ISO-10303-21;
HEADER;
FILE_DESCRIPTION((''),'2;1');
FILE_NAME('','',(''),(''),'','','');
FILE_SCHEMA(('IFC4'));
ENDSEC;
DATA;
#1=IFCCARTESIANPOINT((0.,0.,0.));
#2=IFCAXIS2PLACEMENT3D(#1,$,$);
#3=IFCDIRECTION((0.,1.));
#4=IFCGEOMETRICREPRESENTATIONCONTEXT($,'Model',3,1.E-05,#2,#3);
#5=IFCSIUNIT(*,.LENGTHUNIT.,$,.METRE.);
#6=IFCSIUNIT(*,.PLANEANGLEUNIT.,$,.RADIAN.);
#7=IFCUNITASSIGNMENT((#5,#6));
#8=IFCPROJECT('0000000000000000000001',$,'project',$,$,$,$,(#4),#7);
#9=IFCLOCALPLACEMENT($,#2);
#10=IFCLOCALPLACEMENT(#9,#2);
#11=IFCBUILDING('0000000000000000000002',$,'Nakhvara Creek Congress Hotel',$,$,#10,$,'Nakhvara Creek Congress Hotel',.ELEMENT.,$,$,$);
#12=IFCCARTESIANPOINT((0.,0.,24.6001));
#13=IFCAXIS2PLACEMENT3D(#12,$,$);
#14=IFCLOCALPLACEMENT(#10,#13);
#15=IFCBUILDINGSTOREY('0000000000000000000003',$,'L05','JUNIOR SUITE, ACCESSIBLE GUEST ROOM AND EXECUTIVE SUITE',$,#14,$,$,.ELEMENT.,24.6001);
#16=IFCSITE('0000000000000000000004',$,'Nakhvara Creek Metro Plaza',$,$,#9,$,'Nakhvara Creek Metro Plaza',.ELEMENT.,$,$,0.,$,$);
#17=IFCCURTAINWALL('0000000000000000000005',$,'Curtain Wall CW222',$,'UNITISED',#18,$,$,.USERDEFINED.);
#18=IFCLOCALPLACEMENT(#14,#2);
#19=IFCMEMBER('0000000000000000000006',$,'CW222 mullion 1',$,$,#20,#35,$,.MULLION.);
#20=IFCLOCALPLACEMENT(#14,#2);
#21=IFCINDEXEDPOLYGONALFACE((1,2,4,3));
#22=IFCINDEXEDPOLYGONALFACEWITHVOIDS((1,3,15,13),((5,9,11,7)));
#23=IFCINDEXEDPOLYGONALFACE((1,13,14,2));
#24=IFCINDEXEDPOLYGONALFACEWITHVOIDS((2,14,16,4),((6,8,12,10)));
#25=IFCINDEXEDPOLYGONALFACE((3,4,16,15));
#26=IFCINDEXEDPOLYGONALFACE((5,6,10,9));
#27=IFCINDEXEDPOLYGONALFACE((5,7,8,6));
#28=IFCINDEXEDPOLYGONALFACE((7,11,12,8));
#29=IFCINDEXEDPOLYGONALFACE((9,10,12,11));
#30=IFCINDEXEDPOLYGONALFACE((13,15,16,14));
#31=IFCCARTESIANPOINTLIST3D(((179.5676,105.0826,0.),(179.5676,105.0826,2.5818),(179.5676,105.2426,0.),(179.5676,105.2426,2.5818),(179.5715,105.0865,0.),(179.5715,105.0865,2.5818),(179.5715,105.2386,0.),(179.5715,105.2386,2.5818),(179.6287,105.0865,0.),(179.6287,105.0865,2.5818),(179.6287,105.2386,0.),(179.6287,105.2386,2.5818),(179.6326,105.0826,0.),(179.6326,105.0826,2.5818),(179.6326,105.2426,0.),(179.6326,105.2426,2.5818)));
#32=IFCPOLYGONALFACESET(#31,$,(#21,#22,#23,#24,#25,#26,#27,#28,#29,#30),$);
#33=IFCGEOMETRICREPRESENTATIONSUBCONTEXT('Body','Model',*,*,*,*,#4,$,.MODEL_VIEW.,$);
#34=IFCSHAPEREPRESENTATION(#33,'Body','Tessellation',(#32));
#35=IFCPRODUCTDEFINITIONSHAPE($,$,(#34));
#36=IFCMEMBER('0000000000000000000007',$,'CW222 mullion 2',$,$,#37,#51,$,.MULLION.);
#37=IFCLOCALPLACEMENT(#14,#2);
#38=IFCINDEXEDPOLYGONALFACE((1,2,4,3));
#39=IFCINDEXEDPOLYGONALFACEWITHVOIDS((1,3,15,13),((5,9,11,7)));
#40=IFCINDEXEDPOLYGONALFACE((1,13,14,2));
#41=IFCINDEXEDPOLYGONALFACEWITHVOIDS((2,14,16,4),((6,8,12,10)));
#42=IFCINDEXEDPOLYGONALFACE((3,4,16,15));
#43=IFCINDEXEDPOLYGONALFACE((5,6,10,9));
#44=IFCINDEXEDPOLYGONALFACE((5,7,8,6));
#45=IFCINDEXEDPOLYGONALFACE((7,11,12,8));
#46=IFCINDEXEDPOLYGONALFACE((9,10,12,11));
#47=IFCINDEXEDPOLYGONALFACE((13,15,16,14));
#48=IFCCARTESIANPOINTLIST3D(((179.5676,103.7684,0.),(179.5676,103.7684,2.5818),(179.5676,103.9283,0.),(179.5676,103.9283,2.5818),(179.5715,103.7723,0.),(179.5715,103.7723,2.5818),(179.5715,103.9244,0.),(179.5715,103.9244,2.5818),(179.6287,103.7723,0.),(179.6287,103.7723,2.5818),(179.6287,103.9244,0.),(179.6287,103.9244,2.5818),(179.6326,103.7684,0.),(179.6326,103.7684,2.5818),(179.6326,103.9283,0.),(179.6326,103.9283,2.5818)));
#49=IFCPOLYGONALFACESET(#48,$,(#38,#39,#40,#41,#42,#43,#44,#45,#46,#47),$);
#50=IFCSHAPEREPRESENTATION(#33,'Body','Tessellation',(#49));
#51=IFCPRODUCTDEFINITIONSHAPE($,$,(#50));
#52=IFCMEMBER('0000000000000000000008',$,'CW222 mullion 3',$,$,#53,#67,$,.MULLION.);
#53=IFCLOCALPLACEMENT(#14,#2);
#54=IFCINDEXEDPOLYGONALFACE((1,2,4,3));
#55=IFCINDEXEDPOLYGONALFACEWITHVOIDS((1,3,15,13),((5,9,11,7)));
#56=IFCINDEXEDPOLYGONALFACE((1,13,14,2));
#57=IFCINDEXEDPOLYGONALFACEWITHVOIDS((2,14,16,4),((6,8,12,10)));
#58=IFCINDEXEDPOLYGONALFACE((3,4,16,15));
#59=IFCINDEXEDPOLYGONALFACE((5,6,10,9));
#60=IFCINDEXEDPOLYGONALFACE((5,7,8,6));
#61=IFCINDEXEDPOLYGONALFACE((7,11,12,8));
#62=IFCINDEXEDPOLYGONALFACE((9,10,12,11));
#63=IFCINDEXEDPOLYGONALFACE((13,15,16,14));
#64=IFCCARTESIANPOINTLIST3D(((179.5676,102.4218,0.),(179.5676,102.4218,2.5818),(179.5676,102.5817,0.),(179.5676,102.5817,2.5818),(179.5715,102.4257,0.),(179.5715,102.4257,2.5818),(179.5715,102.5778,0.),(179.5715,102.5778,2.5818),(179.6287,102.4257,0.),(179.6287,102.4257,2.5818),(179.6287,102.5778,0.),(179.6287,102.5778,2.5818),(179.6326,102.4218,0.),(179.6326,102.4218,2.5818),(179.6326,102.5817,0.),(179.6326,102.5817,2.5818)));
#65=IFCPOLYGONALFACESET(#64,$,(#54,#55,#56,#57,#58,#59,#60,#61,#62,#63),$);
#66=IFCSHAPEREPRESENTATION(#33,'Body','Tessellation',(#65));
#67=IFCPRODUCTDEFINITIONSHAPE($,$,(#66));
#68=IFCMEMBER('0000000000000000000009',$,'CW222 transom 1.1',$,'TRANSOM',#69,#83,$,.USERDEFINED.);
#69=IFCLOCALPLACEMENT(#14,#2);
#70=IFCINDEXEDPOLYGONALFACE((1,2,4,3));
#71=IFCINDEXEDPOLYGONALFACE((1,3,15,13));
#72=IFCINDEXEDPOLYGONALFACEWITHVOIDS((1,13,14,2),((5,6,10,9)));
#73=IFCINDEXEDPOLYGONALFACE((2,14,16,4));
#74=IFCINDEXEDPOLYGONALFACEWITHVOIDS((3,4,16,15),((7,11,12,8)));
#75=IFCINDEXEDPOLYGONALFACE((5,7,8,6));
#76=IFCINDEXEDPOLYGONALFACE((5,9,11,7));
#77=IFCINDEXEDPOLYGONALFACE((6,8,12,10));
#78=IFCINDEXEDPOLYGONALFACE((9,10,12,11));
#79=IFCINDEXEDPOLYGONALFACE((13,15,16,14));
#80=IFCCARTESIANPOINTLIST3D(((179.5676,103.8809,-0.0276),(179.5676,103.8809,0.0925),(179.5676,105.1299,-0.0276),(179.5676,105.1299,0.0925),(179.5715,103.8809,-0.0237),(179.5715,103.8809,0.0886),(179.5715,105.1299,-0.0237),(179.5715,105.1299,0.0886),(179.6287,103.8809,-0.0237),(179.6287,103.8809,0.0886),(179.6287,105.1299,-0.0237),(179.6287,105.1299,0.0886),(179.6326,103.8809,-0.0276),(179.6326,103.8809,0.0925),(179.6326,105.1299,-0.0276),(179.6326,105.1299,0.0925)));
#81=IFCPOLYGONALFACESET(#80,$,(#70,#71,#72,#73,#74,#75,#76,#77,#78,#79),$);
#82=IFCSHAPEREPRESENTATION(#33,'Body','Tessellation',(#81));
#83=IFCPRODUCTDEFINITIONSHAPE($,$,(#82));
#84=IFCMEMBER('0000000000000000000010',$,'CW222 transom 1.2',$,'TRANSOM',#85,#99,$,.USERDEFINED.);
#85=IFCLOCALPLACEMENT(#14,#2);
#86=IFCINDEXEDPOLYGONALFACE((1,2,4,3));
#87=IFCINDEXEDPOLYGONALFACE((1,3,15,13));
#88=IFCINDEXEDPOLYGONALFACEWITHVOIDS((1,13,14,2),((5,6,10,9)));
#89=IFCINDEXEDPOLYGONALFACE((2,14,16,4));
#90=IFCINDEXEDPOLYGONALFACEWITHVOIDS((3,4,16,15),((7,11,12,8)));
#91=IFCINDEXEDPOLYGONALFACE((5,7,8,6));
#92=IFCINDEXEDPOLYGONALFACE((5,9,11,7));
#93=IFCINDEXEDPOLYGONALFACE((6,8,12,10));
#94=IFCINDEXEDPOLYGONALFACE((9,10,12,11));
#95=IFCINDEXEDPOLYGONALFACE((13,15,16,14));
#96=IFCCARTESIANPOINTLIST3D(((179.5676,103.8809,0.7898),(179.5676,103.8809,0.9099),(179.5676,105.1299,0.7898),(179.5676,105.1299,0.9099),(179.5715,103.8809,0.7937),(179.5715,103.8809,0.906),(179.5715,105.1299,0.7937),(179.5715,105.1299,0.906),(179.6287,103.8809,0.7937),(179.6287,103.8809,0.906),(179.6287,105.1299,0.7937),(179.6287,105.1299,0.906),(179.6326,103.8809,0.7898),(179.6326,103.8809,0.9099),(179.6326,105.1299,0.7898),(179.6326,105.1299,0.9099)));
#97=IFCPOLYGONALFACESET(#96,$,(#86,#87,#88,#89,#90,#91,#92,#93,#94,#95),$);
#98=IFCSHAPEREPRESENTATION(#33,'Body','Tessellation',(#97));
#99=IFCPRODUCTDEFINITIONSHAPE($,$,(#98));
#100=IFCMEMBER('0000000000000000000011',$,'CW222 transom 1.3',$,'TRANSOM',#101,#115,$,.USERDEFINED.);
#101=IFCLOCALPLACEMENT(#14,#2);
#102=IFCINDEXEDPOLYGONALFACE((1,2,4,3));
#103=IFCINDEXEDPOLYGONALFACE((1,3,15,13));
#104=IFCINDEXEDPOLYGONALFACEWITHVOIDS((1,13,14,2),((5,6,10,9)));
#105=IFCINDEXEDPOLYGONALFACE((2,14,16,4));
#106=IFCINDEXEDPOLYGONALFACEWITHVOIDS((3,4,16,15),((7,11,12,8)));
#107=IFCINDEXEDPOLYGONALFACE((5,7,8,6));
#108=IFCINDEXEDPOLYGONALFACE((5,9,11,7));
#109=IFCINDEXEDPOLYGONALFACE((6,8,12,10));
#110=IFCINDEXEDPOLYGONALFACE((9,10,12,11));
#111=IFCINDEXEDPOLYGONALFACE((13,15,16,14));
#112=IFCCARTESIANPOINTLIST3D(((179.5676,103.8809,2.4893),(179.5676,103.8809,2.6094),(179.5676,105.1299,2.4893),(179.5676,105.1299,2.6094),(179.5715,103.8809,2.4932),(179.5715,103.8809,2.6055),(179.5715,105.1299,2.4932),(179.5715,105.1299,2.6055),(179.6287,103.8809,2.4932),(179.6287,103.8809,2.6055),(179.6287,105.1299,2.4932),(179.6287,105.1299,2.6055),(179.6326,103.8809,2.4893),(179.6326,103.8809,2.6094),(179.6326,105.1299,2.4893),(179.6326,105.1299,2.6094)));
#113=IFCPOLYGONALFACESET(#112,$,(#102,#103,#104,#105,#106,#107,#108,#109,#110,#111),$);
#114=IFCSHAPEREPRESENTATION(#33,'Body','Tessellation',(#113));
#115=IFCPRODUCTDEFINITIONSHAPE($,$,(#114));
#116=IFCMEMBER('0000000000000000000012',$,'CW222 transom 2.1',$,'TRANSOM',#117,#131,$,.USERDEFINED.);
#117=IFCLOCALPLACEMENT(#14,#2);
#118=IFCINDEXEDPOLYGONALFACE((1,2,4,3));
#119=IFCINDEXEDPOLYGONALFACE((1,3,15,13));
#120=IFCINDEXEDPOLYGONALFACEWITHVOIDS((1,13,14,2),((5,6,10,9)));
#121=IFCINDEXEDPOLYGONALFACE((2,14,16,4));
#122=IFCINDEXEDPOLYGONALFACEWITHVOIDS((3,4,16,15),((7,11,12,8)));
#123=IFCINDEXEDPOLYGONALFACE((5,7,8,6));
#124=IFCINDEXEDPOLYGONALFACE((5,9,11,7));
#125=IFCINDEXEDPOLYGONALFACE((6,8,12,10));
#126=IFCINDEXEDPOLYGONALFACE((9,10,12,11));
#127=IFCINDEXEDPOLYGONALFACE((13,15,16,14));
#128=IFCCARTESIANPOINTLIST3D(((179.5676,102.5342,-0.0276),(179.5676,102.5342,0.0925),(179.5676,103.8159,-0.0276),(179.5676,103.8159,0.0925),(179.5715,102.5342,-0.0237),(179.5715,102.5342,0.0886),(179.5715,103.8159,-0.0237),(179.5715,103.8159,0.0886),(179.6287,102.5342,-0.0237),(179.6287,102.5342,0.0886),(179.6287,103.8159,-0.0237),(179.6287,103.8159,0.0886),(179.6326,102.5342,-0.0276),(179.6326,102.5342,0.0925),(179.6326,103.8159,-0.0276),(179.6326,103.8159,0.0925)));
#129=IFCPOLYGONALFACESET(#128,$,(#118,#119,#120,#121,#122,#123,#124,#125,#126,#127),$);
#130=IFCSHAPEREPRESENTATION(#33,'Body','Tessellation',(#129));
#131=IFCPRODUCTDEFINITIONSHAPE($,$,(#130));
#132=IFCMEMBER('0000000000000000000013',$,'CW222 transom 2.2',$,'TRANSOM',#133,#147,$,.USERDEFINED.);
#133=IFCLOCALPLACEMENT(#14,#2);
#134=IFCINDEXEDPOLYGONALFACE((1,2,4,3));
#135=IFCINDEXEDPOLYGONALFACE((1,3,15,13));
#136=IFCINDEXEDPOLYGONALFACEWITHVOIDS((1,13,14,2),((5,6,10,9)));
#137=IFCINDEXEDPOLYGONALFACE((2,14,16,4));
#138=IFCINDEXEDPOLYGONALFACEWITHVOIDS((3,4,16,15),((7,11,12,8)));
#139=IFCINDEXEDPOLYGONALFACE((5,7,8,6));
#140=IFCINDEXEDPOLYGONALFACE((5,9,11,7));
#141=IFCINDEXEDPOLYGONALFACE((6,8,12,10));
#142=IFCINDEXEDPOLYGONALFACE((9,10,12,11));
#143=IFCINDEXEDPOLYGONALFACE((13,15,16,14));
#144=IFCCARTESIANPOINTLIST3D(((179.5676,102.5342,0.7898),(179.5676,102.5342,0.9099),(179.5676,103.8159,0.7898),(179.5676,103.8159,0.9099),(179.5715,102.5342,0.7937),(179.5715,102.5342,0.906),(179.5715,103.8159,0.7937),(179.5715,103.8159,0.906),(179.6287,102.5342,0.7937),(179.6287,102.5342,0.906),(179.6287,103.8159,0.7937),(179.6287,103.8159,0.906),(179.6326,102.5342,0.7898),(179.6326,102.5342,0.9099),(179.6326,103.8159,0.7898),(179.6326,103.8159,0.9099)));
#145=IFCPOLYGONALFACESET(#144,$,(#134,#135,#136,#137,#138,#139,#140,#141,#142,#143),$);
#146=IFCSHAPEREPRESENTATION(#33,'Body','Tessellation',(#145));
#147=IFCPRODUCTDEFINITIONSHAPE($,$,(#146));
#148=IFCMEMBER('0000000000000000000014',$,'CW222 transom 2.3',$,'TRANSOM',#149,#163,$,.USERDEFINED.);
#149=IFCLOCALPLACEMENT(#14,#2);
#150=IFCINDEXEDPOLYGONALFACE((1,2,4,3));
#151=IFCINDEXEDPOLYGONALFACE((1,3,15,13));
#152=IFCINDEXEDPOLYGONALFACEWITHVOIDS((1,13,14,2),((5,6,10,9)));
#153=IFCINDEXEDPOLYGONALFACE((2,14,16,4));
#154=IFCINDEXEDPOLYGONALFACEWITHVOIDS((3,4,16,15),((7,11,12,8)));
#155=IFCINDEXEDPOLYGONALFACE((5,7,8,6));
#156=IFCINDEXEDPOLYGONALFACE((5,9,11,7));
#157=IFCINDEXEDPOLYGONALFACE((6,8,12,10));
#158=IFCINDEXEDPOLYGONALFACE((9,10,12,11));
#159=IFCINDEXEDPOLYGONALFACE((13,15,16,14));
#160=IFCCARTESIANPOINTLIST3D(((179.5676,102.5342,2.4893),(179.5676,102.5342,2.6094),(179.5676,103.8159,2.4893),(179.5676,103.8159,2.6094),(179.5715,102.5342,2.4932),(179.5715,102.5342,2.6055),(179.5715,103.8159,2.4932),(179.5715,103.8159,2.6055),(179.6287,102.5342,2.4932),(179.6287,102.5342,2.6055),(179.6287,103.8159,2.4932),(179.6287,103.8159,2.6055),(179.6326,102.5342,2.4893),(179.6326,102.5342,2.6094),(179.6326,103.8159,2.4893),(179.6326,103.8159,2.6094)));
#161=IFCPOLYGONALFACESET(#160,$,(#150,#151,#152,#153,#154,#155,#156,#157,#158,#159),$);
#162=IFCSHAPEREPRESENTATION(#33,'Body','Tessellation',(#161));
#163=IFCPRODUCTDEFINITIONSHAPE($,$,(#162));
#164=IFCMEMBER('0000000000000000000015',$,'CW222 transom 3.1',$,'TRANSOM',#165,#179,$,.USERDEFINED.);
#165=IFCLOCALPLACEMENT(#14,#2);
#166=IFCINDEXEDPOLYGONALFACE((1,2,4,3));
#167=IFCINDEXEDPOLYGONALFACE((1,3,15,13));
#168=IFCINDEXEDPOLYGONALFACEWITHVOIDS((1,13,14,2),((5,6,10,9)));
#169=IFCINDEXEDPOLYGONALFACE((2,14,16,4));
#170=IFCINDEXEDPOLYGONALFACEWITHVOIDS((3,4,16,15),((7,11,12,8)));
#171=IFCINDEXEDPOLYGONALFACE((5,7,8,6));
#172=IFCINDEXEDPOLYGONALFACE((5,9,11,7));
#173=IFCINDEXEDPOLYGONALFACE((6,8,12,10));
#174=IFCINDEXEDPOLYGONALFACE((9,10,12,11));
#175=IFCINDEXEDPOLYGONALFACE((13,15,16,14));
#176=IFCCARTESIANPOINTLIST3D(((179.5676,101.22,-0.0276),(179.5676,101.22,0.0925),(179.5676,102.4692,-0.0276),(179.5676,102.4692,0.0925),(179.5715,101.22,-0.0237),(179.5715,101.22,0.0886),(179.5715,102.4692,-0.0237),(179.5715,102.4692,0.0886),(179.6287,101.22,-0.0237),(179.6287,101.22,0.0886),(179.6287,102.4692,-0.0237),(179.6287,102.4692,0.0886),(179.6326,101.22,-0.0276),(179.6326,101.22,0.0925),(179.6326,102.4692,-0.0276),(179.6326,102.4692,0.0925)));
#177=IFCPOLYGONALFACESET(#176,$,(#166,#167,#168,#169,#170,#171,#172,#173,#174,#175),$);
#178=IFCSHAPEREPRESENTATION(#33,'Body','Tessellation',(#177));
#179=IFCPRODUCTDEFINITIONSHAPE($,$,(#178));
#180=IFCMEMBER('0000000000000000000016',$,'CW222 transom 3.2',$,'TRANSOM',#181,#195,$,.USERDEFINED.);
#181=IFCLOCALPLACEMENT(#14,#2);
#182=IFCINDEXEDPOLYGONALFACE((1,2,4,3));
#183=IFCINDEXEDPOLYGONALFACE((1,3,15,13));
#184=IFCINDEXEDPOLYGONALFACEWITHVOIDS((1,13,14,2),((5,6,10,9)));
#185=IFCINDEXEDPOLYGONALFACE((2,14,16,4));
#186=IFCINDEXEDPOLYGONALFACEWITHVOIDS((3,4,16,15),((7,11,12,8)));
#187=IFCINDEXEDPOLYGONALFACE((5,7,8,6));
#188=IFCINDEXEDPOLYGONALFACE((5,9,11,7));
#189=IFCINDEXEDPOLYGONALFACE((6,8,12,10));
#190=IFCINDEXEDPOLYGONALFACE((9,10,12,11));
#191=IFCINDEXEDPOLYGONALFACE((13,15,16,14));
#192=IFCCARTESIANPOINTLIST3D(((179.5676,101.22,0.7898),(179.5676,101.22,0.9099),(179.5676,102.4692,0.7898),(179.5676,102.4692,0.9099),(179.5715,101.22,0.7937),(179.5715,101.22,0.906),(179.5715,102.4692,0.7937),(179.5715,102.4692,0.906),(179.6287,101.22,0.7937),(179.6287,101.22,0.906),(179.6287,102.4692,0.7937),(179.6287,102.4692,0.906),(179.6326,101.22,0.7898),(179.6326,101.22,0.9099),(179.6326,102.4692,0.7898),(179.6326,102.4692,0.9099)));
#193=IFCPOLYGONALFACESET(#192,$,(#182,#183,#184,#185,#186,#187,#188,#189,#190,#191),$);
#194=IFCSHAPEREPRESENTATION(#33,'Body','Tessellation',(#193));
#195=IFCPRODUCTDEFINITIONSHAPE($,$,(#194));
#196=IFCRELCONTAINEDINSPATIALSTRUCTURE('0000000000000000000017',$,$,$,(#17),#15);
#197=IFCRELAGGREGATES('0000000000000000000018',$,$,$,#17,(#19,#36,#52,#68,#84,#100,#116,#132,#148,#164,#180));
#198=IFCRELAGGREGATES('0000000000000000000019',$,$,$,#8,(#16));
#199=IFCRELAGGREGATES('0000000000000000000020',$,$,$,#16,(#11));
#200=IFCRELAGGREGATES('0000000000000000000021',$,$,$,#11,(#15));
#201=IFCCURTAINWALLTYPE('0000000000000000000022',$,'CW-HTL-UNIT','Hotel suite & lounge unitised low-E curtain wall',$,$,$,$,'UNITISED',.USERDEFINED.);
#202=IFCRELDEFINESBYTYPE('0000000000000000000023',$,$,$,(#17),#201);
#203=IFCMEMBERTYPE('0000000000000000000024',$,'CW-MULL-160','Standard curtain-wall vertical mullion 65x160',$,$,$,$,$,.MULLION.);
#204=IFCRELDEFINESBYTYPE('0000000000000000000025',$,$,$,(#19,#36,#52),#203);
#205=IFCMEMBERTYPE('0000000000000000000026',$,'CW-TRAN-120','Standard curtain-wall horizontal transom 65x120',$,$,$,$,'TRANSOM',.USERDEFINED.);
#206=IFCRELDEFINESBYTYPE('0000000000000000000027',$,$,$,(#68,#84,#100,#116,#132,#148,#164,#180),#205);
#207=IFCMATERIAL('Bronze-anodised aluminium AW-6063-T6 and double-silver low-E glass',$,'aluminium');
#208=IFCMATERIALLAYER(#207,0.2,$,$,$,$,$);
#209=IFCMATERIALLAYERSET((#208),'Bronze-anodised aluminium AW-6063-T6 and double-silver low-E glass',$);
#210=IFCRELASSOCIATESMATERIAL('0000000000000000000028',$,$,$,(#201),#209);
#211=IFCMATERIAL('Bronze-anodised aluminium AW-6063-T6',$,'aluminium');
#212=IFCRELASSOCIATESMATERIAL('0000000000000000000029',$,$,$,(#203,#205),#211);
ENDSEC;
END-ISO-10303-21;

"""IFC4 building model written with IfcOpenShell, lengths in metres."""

from ifc_helpers import new_model, si_unit, direction, frame, origin, origin_2d, place, context, subcontext, project, spatial, hollow_rectangle, extrude, material, layer, layer_set, material_profile, profile_set, type_object, element, aggregate, save


model = new_model("IFC4")

# Units and contexts
model_context = context("Model", 3, precision=1e-05, world=origin(), true_north=direction((0.0, 1.0)))
body_context = subcontext(model_context, "Body", "Model", "MODEL_VIEW")
ifc_project = project(units=[si_unit("LENGTHUNIT", "METRE"), si_unit("PLANEANGLEUNIT", "RADIAN")], contexts=[model_context])

# Site, building, storey
site_placement = place(None, origin())
site = spatial("IfcSite", under=ifc_project, at=site_placement, Name="Nakhvara Creek Metro Plaza", LongName="Nakhvara Creek Metro Plaza", CompositionType="ELEMENT", RefElevation=0.0)
building_placement = place(site_placement, origin())
building = spatial("IfcBuilding", under=site, at=building_placement, Name="Nakhvara Creek Congress Hotel", LongName="Nakhvara Creek Congress Hotel", CompositionType="ELEMENT")
storey_placement = place(building_placement, frame((0.0, 0.0, 24.6001)))
storey = spatial("IfcBuildingStorey", under=building, at=storey_placement, Name="L05", Description="JUNIOR SUITE, ACCESSIBLE GUEST ROOM AND EXECUTIVE SUITE", CompositionType="ELEMENT", Elevation=24.6001)

# Curtain wall, members
ifc_material_1 = material(Name="Bronze-anodised aluminium AW-6063-T6 and double-silver low-E glass", Category="aluminium")
ifc_layer_1 = layer(ifc_material_1, 0.2)
ifc_layer_set_1 = layer_set([ifc_layer_1], Name="Bronze-anodised aluminium AW-6063-T6 and double-silver low-E glass")
curtain_wall_type = type_object("IfcCurtainWallType", Name="CW-HTL-UNIT", Description="Hotel suite & lounge unitised low-E curtain wall", ElementType="UNITISED", PredefinedType="USERDEFINED", material=ifc_layer_set_1)
curtain_wall_placement = place(storey_placement, origin())
curtain_wall = element("IfcCurtainWall", 1, at=curtain_wall_placement, inside=storey, type_object=curtain_wall_type, Name="Curtain Wall CW222", ObjectType="UNITISED", PredefinedType="USERDEFINED")
ifc_material_2 = material(Name="Bronze-anodised aluminium AW-6063-T6", Category="aluminium")
ifc_material_profile_1 = material_profile(ifc_material_2, hollow_rectangle(XDim=0.0649, YDim=0.1599, WallThickness=0.0039, at=origin_2d()), Name="ALU-MULL 65x160x4", Category="LoadBearing")
ifc_profile_set_1 = profile_set([ifc_material_profile_1], Name="Bronze-anodised aluminium AW-6063-T6")
member_type_1 = type_object("IfcMemberType", Name="CW-MULL-160", Description="Standard curtain-wall vertical mullion 65x160", PredefinedType="MULLION", material=ifc_profile_set_1)
member_1_placement = place(storey_placement, frame((179.6001, 105.1626, 0.0), z_axis=(0.0, 0.0, 1.0), x_axis=(1.0, 0.0, 0.0)))
member_1 = element("IfcMember", 2, at=member_1_placement, type_object=member_type_1, Name="CW222 mullion 1", PredefinedType="MULLION", context=body_context, shape_type="SweptSolid", body=[
    extrude(hollow_rectangle(XDim=0.0649, YDim=0.1599, WallThickness=0.0039, at=origin_2d()), origin(), (0.0, 0.0, 1.0), 2.5818),
])
member_2_placement = place(storey_placement, frame((179.6001, 103.8484, 0.0), z_axis=(0.0, 0.0, 1.0), x_axis=(1.0, 0.0, 0.0)))
member_2 = element("IfcMember", 3, at=member_2_placement, type_object=member_type_1, Name="CW222 mullion 2", PredefinedType="MULLION", context=body_context, shape_type="SweptSolid", body=[
    extrude(hollow_rectangle(XDim=0.0649, YDim=0.1599, WallThickness=0.0039, at=origin_2d()), origin(), (0.0, 0.0, 1.0), 2.5818),
])
member_3_placement = place(storey_placement, frame((179.6001, 102.5017, 0.0), z_axis=(0.0, 0.0, 1.0), x_axis=(1.0, 0.0, 0.0)))
member_3 = element("IfcMember", 4, at=member_3_placement, type_object=member_type_1, Name="CW222 mullion 3", PredefinedType="MULLION", context=body_context, shape_type="SweptSolid", body=[
    extrude(hollow_rectangle(XDim=0.0649, YDim=0.1599, WallThickness=0.0039, at=origin_2d()), origin(), (0.0, 0.0, 1.0), 2.5818),
])
ifc_material_profile_2 = material_profile(ifc_material_2, hollow_rectangle(XDim=0.0649, YDim=0.1201, WallThickness=0.0039, at=origin_2d()), Name="ALU-TRAN 65x120x4", Category="LoadBearing")
ifc_profile_set_2 = profile_set([ifc_material_profile_2], Name="Bronze-anodised aluminium AW-6063-T6")
member_type_2 = type_object("IfcMemberType", Name="CW-TRAN-120", Description="Standard curtain-wall horizontal transom 65x120", ElementType="TRANSOM", PredefinedType="USERDEFINED", material=ifc_profile_set_2)
member_4_placement = place(storey_placement, frame((179.6001, 105.1299, 0.0325), z_axis=(0.0, -1.0, 0.0), x_axis=(1.0, 0.0, 0.0)))
member_4 = element("IfcMember", 5, at=member_4_placement, type_object=member_type_2, Name="CW222 transom 1.1", ObjectType="TRANSOM", PredefinedType="USERDEFINED", context=body_context, shape_type="SweptSolid", body=[
    extrude(hollow_rectangle(XDim=0.0649, YDim=0.1201, WallThickness=0.0039, at=origin_2d()), origin(), (0.0, 0.0, 1.0), 1.249),
])
member_5_placement = place(storey_placement, frame((179.6001, 105.1299, 0.8499), z_axis=(0.0, -1.0, 0.0), x_axis=(1.0, 0.0, 0.0)))
member_5 = element("IfcMember", 6, at=member_5_placement, type_object=member_type_2, Name="CW222 transom 1.2", ObjectType="TRANSOM", PredefinedType="USERDEFINED", context=body_context, shape_type="SweptSolid", body=[
    extrude(hollow_rectangle(XDim=0.0649, YDim=0.1201, WallThickness=0.0039, at=origin_2d()), origin(), (0.0, 0.0, 1.0), 1.249),
])
member_6_placement = place(storey_placement, frame((179.6001, 105.1299, 2.5493), z_axis=(0.0, -1.0, 0.0), x_axis=(1.0, 0.0, 0.0)))
member_6 = element("IfcMember", 7, at=member_6_placement, type_object=member_type_2, Name="CW222 transom 1.3", ObjectType="TRANSOM", PredefinedType="USERDEFINED", context=body_context, shape_type="SweptSolid", body=[
    extrude(hollow_rectangle(XDim=0.0649, YDim=0.1201, WallThickness=0.0039, at=origin_2d()), origin(), (0.0, 0.0, 1.0), 1.249),
])
member_7_placement = place(storey_placement, frame((179.6001, 103.8159, 0.0325), z_axis=(0.0, -1.0, 0.0), x_axis=(1.0, 0.0, 0.0)))
member_7 = element("IfcMember", 8, at=member_7_placement, type_object=member_type_2, Name="CW222 transom 2.1", ObjectType="TRANSOM", PredefinedType="USERDEFINED", context=body_context, shape_type="SweptSolid", body=[
    extrude(hollow_rectangle(XDim=0.0649, YDim=0.1201, WallThickness=0.0039, at=origin_2d()), origin(), (0.0, 0.0, 1.0), 1.2817),
])
member_8_placement = place(storey_placement, frame((179.6001, 103.8159, 0.8499), z_axis=(0.0, -1.0, 0.0), x_axis=(1.0, 0.0, 0.0)))
member_8 = element("IfcMember", 9, at=member_8_placement, type_object=member_type_2, Name="CW222 transom 2.2", ObjectType="TRANSOM", PredefinedType="USERDEFINED", context=body_context, shape_type="SweptSolid", body=[
    extrude(hollow_rectangle(XDim=0.0649, YDim=0.1201, WallThickness=0.0039, at=origin_2d()), origin(), (0.0, 0.0, 1.0), 1.2817),
])
member_9_placement = place(storey_placement, frame((179.6001, 103.8159, 2.5493), z_axis=(0.0, -1.0, 0.0), x_axis=(1.0, 0.0, 0.0)))
member_9 = element("IfcMember", 10, at=member_9_placement, type_object=member_type_2, Name="CW222 transom 2.3", ObjectType="TRANSOM", PredefinedType="USERDEFINED", context=body_context, shape_type="SweptSolid", body=[
    extrude(hollow_rectangle(XDim=0.0649, YDim=0.1201, WallThickness=0.0039, at=origin_2d()), origin(), (0.0, 0.0, 1.0), 1.2817),
])
member_10_placement = place(storey_placement, frame((179.6001, 102.4692, 0.0325), z_axis=(0.0, -1.0, 0.0), x_axis=(1.0, 0.0, 0.0)))
member_10 = element("IfcMember", 11, at=member_10_placement, type_object=member_type_2, Name="CW222 transom 3.1", ObjectType="TRANSOM", PredefinedType="USERDEFINED", context=body_context, shape_type="SweptSolid", body=[
    extrude(hollow_rectangle(XDim=0.0649, YDim=0.1201, WallThickness=0.0039, at=origin_2d()), origin(), (0.0, 0.0, 1.0), 1.2493),
])
member_11_placement = place(storey_placement, frame((179.6001, 102.4692, 0.8499), z_axis=(0.0, -1.0, 0.0), x_axis=(1.0, 0.0, 0.0)))
member_11 = element("IfcMember", 12, at=member_11_placement, type_object=member_type_2, Name="CW222 transom 3.2", ObjectType="TRANSOM", PredefinedType="USERDEFINED", context=body_context, shape_type="SweptSolid", body=[
    extrude(hollow_rectangle(XDim=0.0649, YDim=0.1201, WallThickness=0.0039, at=origin_2d()), origin(), (0.0, 0.0, 1.0), 1.2493),
])
aggregate(curtain_wall, [member_1, member_2, member_3, member_4, member_5, member_6, member_7, member_8, member_9, member_10, member_11])

save(model, "model.ifc")
